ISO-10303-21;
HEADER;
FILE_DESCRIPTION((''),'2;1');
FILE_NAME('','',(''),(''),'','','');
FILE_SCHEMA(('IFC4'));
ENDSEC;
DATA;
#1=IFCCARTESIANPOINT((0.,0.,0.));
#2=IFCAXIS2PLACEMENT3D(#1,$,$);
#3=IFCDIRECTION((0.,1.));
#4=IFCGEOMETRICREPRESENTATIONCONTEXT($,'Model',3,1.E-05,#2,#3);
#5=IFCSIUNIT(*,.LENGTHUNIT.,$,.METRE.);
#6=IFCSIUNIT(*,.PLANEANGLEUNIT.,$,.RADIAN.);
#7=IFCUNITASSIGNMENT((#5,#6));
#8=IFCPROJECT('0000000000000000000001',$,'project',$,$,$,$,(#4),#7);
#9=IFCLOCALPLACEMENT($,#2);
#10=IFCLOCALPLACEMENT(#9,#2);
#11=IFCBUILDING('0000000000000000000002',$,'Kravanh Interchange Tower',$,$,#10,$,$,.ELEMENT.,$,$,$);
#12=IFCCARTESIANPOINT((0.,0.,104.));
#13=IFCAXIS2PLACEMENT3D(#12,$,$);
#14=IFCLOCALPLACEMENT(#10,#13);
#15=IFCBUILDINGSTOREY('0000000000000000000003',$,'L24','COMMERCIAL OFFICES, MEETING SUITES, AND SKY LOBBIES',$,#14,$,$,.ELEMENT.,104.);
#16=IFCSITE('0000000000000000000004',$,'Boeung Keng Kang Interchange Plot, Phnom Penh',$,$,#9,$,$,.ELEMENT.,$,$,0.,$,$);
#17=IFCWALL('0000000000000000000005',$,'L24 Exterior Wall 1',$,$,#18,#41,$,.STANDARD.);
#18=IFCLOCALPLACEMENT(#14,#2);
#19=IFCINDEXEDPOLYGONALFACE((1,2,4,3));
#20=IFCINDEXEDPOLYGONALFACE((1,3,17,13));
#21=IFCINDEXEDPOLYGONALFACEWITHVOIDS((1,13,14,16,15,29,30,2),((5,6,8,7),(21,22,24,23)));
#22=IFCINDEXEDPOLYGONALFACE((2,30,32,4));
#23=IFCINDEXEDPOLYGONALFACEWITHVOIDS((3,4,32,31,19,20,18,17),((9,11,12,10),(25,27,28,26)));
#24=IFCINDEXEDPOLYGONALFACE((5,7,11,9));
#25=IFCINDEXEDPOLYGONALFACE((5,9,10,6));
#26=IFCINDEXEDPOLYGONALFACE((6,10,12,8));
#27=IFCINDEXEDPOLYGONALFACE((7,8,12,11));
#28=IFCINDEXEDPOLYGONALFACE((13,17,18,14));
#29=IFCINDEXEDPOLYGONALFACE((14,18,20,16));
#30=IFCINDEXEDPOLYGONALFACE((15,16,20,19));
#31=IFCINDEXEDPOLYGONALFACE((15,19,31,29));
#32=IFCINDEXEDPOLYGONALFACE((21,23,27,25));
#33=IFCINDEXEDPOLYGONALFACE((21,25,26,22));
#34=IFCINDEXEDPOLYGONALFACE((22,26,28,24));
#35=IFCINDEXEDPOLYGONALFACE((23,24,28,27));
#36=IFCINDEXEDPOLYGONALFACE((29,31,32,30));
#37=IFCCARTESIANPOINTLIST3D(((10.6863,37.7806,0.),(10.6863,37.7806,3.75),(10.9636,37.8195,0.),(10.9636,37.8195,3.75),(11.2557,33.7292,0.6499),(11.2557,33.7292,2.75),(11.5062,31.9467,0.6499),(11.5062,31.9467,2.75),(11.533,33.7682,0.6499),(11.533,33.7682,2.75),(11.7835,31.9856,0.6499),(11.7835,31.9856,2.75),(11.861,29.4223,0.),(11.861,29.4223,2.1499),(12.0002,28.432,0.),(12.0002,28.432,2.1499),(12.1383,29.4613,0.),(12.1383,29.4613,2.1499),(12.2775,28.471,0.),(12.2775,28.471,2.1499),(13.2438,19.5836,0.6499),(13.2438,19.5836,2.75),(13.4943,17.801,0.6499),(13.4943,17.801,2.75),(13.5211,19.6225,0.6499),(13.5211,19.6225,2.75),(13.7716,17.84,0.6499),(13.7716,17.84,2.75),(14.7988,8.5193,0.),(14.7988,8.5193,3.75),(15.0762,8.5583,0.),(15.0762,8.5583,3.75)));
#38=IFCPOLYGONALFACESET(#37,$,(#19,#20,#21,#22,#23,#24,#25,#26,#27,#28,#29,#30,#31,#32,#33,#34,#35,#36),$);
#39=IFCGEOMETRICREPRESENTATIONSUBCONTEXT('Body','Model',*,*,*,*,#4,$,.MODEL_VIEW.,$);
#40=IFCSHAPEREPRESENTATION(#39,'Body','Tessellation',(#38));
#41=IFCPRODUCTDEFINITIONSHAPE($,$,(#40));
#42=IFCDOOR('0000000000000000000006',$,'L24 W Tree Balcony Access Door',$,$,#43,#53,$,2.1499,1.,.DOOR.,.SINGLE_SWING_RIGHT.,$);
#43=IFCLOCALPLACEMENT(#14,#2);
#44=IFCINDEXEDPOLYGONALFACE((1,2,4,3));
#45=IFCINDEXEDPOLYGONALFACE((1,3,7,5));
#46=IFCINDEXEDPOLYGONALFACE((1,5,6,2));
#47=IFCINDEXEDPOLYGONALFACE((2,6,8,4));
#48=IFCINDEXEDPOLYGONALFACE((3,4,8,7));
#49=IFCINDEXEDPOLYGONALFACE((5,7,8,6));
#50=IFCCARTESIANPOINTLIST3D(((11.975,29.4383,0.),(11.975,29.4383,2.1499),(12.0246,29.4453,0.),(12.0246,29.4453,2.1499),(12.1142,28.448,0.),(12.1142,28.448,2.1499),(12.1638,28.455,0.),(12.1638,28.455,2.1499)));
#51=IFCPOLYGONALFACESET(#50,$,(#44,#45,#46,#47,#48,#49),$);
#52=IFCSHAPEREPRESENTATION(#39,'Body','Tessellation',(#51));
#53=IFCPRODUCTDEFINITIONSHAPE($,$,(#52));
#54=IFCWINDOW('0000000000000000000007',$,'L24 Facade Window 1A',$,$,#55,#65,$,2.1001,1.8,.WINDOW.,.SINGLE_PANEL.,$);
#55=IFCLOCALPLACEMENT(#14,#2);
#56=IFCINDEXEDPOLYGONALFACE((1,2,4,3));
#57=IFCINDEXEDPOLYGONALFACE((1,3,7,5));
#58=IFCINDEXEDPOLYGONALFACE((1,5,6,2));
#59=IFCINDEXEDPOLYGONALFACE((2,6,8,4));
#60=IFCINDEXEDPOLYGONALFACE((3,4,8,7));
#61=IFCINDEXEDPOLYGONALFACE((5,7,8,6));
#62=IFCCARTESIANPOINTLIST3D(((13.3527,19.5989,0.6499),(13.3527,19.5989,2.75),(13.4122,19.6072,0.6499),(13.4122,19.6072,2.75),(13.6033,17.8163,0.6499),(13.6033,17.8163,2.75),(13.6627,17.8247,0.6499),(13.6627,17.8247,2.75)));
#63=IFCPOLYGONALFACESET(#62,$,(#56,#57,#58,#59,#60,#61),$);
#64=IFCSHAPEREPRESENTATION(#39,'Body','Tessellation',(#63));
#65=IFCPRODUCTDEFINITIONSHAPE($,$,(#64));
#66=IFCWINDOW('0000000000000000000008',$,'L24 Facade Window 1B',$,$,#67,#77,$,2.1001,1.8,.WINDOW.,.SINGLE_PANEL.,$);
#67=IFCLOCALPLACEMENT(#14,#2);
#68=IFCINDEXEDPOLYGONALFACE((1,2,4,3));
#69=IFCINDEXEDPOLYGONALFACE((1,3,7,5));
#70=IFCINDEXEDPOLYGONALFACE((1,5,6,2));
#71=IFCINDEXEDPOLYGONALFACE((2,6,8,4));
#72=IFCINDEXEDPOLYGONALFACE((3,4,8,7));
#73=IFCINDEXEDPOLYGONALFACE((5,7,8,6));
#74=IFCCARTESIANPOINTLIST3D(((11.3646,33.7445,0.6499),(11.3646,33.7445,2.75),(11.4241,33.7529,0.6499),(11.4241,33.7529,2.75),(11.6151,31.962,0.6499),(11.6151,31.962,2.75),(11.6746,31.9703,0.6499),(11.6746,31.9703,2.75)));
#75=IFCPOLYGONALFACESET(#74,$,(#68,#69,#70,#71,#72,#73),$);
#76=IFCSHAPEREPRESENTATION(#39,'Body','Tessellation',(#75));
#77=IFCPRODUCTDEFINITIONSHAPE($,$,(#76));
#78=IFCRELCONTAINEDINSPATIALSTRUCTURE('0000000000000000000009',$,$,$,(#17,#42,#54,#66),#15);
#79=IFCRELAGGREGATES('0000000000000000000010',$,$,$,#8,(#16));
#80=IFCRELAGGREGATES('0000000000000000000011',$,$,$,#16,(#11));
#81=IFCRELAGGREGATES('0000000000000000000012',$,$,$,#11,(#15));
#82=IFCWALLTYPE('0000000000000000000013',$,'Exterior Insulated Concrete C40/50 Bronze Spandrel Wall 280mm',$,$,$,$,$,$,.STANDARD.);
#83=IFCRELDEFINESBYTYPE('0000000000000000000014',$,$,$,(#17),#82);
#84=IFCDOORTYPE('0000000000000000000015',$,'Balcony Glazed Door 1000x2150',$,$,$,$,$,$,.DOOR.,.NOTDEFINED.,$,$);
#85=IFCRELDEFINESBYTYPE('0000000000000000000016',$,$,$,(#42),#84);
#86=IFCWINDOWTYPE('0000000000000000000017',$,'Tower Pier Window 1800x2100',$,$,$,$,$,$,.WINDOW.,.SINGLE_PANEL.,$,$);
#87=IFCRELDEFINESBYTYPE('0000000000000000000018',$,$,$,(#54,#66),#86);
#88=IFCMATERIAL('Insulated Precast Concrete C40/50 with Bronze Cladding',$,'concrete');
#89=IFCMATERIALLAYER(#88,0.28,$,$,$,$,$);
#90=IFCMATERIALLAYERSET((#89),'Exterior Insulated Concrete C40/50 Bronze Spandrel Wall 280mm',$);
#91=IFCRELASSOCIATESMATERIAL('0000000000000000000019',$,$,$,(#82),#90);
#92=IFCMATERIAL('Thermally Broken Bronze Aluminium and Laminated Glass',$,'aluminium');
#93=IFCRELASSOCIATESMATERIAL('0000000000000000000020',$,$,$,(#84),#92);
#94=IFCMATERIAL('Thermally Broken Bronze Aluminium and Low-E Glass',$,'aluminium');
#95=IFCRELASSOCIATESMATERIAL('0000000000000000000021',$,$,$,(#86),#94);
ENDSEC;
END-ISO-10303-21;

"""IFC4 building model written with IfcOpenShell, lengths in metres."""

from ifc_helpers import new_model, si_unit, direction, frame, frame_2d, origin, place, context, subcontext, project, spatial, rectangle, extrude, material, layer, layer_set, type_object, element, fill, save


model = new_model("IFC4")

# Units and contexts
model_context = context("Model", 3, precision=1e-05, world=origin(), true_north=direction((0.0, 1.0)))
body_context = subcontext(model_context, "Body", "Model", "MODEL_VIEW")
ifc_project = project(units=[si_unit("LENGTHUNIT", "METRE"), si_unit("PLANEANGLEUNIT", "RADIAN")], contexts=[model_context])

# Site, building, storey
site_placement = place(None, origin())
site = spatial("IfcSite", under=ifc_project, at=site_placement, Name="Boeung Keng Kang Interchange Plot, Phnom Penh", CompositionType="ELEMENT", RefElevation=0.0)
building_placement = place(site_placement, origin())
building = spatial("IfcBuilding", under=site, at=building_placement, Name="Kravanh Interchange Tower", CompositionType="ELEMENT")
storey_placement = place(building_placement, frame((0.0, 0.0, 104.0)))
storey = spatial("IfcBuildingStorey", under=building, at=storey_placement, Name="L24", Description="COMMERCIAL OFFICES, MEETING SUITES, AND SKY LOBBIES", CompositionType="ELEMENT", Elevation=104.0)

# Wall, openings, door, windows
ifc_material_1 = material(Name="Insulated Precast Concrete C40/50 with Bronze Cladding", Category="concrete")
ifc_layer_1 = layer(ifc_material_1, 0.28)
ifc_layer_set_1 = layer_set([ifc_layer_1], Name="Exterior Insulated Concrete C40/50 Bronze Spandrel Wall 280mm")
wall_type = type_object("IfcWallType", Name="Exterior Insulated Concrete C40/50 Bronze Spandrel Wall 280mm", PredefinedType="STANDARD", material=ifc_layer_set_1)
wall_placement = place(storey_placement, frame((14.9375, 8.5388, 0.0), z_axis=(0.0, 0.0, 1.0), x_axis=(-0.139178, 0.990267, 0.0)))
wall = element("IfcWall", 1, at=wall_placement, inside=storey, type_object=wall_type, Name="L24 Exterior Wall 1", PredefinedType="STANDARD", context=body_context, shape_type="SweptSolid", body=[
    extrude(rectangle(XDim=29.5488, YDim=0.28, at=frame_2d((14.7744, 0.0))), origin(), (0.0, 0.0, 1.0), 3.75),
])
opening_1_placement = place(wall_placement, frame((20.1084, 0.0, 0.0)))
opening_1 = element("IfcOpeningElement", 2, at=opening_1_placement, cuts=wall, PredefinedType="OPENING", context=body_context, shape_type="SweptSolid", body=[
    extrude(rectangle(XDim=1.0, YDim=2.1499, at=frame_2d((0.5, 1.075))), frame((0.0, 0.1499, 0.0), z_axis=(0.0, -1.0, 0.0), x_axis=(1.0, 0.0, 0.0)), (0.0, 0.0, 1.0), 0.3),
])
opening_2_placement = place(wall_placement, frame((9.373, 0.0, 0.6499)))
opening_2 = element("IfcOpeningElement", 3, at=opening_2_placement, cuts=wall, PredefinedType="OPENING", context=body_context, shape_type="SweptSolid", body=[
    extrude(rectangle(XDim=1.8, YDim=2.1001, at=frame_2d((0.8999, 1.05))), frame((0.0, 0.1499, 0.0), z_axis=(0.0, -1.0, 0.0), x_axis=(1.0, 0.0, 0.0)), (0.0, 0.0, 1.0), 0.3),
])
opening_3_placement = place(wall_placement, frame((23.6577, 0.0, 0.6499)))
opening_3 = element("IfcOpeningElement", 4, at=opening_3_placement, cuts=wall, PredefinedType="OPENING", context=body_context, shape_type="SweptSolid", body=[
    extrude(rectangle(XDim=1.8, YDim=2.1001, at=frame_2d((0.8999, 1.05))), frame((0.0, 0.1499, 0.0), z_axis=(0.0, -1.0, 0.0), x_axis=(1.0, 0.0, 0.0)), (0.0, 0.0, 1.0), 0.3),
])
ifc_material_2 = material(Name="Thermally Broken Bronze Aluminium and Laminated Glass", Category="aluminium")
door_type = type_object("IfcDoorType", Name="Balcony Glazed Door 1000x2150", OperationType="NOTDEFINED", PredefinedType="DOOR", material=ifc_material_2)
door_placement = place(opening_1_placement, origin())
door = element("IfcDoor", 5, at=door_placement, inside=storey, type_object=door_type, Name="L24 W Tree Balcony Access Door", OperationType="SINGLE_SWING_RIGHT", OverallHeight=2.1499, OverallWidth=1.0, PredefinedType="DOOR", context=body_context, shape_type="SweptSolid", body=[
    extrude(rectangle(XDim=1.0, YDim=2.1499, at=frame_2d((0.5, 1.075))), frame((0.0, 0.0249, 0.0), z_axis=(0.0, -1.0, 0.0), x_axis=(1.0, 0.0, 0.0)), (0.0, 0.0, 1.0), 0.05),
])
fill(opening_1, door)
ifc_material_3 = material(Name="Thermally Broken Bronze Aluminium and Low-E Glass", Category="aluminium")
window_type = type_object("IfcWindowType", Name="Tower Pier Window 1800x2100", PartitioningType="SINGLE_PANEL", PredefinedType="WINDOW", material=ifc_material_3)
window_1_placement = place(opening_2_placement, origin())
window_1 = element("IfcWindow", 6, at=window_1_placement, inside=storey, type_object=window_type, Name="L24 Facade Window 1A", OverallHeight=2.1001, OverallWidth=1.8, PartitioningType="SINGLE_PANEL", PredefinedType="WINDOW", context=body_context, shape_type="SweptSolid", body=[
    extrude(rectangle(XDim=1.8, YDim=2.1001, at=frame_2d((0.8999, 1.05))), frame((0.0, 0.03, 0.0), z_axis=(0.0, -1.0, 0.0), x_axis=(1.0, 0.0, 0.0)), (0.0, 0.0, 1.0), 0.0601),
])
fill(opening_2, window_1)
window_2_placement = place(opening_3_placement, origin())
window_2 = element("IfcWindow", 7, at=window_2_placement, inside=storey, type_object=window_type, Name="L24 Facade Window 1B", OverallHeight=2.1001, OverallWidth=1.8, PartitioningType="SINGLE_PANEL", PredefinedType="WINDOW", context=body_context, shape_type="SweptSolid", body=[
    extrude(rectangle(XDim=1.8, YDim=2.1001, at=frame_2d((0.8999, 1.05))), frame((0.0, 0.03, 0.0), z_axis=(0.0, -1.0, 0.0), x_axis=(1.0, 0.0, 0.0)), (0.0, 0.0, 1.0), 0.0601),
])
fill(opening_3, window_2)

save(model, "model.ifc")
